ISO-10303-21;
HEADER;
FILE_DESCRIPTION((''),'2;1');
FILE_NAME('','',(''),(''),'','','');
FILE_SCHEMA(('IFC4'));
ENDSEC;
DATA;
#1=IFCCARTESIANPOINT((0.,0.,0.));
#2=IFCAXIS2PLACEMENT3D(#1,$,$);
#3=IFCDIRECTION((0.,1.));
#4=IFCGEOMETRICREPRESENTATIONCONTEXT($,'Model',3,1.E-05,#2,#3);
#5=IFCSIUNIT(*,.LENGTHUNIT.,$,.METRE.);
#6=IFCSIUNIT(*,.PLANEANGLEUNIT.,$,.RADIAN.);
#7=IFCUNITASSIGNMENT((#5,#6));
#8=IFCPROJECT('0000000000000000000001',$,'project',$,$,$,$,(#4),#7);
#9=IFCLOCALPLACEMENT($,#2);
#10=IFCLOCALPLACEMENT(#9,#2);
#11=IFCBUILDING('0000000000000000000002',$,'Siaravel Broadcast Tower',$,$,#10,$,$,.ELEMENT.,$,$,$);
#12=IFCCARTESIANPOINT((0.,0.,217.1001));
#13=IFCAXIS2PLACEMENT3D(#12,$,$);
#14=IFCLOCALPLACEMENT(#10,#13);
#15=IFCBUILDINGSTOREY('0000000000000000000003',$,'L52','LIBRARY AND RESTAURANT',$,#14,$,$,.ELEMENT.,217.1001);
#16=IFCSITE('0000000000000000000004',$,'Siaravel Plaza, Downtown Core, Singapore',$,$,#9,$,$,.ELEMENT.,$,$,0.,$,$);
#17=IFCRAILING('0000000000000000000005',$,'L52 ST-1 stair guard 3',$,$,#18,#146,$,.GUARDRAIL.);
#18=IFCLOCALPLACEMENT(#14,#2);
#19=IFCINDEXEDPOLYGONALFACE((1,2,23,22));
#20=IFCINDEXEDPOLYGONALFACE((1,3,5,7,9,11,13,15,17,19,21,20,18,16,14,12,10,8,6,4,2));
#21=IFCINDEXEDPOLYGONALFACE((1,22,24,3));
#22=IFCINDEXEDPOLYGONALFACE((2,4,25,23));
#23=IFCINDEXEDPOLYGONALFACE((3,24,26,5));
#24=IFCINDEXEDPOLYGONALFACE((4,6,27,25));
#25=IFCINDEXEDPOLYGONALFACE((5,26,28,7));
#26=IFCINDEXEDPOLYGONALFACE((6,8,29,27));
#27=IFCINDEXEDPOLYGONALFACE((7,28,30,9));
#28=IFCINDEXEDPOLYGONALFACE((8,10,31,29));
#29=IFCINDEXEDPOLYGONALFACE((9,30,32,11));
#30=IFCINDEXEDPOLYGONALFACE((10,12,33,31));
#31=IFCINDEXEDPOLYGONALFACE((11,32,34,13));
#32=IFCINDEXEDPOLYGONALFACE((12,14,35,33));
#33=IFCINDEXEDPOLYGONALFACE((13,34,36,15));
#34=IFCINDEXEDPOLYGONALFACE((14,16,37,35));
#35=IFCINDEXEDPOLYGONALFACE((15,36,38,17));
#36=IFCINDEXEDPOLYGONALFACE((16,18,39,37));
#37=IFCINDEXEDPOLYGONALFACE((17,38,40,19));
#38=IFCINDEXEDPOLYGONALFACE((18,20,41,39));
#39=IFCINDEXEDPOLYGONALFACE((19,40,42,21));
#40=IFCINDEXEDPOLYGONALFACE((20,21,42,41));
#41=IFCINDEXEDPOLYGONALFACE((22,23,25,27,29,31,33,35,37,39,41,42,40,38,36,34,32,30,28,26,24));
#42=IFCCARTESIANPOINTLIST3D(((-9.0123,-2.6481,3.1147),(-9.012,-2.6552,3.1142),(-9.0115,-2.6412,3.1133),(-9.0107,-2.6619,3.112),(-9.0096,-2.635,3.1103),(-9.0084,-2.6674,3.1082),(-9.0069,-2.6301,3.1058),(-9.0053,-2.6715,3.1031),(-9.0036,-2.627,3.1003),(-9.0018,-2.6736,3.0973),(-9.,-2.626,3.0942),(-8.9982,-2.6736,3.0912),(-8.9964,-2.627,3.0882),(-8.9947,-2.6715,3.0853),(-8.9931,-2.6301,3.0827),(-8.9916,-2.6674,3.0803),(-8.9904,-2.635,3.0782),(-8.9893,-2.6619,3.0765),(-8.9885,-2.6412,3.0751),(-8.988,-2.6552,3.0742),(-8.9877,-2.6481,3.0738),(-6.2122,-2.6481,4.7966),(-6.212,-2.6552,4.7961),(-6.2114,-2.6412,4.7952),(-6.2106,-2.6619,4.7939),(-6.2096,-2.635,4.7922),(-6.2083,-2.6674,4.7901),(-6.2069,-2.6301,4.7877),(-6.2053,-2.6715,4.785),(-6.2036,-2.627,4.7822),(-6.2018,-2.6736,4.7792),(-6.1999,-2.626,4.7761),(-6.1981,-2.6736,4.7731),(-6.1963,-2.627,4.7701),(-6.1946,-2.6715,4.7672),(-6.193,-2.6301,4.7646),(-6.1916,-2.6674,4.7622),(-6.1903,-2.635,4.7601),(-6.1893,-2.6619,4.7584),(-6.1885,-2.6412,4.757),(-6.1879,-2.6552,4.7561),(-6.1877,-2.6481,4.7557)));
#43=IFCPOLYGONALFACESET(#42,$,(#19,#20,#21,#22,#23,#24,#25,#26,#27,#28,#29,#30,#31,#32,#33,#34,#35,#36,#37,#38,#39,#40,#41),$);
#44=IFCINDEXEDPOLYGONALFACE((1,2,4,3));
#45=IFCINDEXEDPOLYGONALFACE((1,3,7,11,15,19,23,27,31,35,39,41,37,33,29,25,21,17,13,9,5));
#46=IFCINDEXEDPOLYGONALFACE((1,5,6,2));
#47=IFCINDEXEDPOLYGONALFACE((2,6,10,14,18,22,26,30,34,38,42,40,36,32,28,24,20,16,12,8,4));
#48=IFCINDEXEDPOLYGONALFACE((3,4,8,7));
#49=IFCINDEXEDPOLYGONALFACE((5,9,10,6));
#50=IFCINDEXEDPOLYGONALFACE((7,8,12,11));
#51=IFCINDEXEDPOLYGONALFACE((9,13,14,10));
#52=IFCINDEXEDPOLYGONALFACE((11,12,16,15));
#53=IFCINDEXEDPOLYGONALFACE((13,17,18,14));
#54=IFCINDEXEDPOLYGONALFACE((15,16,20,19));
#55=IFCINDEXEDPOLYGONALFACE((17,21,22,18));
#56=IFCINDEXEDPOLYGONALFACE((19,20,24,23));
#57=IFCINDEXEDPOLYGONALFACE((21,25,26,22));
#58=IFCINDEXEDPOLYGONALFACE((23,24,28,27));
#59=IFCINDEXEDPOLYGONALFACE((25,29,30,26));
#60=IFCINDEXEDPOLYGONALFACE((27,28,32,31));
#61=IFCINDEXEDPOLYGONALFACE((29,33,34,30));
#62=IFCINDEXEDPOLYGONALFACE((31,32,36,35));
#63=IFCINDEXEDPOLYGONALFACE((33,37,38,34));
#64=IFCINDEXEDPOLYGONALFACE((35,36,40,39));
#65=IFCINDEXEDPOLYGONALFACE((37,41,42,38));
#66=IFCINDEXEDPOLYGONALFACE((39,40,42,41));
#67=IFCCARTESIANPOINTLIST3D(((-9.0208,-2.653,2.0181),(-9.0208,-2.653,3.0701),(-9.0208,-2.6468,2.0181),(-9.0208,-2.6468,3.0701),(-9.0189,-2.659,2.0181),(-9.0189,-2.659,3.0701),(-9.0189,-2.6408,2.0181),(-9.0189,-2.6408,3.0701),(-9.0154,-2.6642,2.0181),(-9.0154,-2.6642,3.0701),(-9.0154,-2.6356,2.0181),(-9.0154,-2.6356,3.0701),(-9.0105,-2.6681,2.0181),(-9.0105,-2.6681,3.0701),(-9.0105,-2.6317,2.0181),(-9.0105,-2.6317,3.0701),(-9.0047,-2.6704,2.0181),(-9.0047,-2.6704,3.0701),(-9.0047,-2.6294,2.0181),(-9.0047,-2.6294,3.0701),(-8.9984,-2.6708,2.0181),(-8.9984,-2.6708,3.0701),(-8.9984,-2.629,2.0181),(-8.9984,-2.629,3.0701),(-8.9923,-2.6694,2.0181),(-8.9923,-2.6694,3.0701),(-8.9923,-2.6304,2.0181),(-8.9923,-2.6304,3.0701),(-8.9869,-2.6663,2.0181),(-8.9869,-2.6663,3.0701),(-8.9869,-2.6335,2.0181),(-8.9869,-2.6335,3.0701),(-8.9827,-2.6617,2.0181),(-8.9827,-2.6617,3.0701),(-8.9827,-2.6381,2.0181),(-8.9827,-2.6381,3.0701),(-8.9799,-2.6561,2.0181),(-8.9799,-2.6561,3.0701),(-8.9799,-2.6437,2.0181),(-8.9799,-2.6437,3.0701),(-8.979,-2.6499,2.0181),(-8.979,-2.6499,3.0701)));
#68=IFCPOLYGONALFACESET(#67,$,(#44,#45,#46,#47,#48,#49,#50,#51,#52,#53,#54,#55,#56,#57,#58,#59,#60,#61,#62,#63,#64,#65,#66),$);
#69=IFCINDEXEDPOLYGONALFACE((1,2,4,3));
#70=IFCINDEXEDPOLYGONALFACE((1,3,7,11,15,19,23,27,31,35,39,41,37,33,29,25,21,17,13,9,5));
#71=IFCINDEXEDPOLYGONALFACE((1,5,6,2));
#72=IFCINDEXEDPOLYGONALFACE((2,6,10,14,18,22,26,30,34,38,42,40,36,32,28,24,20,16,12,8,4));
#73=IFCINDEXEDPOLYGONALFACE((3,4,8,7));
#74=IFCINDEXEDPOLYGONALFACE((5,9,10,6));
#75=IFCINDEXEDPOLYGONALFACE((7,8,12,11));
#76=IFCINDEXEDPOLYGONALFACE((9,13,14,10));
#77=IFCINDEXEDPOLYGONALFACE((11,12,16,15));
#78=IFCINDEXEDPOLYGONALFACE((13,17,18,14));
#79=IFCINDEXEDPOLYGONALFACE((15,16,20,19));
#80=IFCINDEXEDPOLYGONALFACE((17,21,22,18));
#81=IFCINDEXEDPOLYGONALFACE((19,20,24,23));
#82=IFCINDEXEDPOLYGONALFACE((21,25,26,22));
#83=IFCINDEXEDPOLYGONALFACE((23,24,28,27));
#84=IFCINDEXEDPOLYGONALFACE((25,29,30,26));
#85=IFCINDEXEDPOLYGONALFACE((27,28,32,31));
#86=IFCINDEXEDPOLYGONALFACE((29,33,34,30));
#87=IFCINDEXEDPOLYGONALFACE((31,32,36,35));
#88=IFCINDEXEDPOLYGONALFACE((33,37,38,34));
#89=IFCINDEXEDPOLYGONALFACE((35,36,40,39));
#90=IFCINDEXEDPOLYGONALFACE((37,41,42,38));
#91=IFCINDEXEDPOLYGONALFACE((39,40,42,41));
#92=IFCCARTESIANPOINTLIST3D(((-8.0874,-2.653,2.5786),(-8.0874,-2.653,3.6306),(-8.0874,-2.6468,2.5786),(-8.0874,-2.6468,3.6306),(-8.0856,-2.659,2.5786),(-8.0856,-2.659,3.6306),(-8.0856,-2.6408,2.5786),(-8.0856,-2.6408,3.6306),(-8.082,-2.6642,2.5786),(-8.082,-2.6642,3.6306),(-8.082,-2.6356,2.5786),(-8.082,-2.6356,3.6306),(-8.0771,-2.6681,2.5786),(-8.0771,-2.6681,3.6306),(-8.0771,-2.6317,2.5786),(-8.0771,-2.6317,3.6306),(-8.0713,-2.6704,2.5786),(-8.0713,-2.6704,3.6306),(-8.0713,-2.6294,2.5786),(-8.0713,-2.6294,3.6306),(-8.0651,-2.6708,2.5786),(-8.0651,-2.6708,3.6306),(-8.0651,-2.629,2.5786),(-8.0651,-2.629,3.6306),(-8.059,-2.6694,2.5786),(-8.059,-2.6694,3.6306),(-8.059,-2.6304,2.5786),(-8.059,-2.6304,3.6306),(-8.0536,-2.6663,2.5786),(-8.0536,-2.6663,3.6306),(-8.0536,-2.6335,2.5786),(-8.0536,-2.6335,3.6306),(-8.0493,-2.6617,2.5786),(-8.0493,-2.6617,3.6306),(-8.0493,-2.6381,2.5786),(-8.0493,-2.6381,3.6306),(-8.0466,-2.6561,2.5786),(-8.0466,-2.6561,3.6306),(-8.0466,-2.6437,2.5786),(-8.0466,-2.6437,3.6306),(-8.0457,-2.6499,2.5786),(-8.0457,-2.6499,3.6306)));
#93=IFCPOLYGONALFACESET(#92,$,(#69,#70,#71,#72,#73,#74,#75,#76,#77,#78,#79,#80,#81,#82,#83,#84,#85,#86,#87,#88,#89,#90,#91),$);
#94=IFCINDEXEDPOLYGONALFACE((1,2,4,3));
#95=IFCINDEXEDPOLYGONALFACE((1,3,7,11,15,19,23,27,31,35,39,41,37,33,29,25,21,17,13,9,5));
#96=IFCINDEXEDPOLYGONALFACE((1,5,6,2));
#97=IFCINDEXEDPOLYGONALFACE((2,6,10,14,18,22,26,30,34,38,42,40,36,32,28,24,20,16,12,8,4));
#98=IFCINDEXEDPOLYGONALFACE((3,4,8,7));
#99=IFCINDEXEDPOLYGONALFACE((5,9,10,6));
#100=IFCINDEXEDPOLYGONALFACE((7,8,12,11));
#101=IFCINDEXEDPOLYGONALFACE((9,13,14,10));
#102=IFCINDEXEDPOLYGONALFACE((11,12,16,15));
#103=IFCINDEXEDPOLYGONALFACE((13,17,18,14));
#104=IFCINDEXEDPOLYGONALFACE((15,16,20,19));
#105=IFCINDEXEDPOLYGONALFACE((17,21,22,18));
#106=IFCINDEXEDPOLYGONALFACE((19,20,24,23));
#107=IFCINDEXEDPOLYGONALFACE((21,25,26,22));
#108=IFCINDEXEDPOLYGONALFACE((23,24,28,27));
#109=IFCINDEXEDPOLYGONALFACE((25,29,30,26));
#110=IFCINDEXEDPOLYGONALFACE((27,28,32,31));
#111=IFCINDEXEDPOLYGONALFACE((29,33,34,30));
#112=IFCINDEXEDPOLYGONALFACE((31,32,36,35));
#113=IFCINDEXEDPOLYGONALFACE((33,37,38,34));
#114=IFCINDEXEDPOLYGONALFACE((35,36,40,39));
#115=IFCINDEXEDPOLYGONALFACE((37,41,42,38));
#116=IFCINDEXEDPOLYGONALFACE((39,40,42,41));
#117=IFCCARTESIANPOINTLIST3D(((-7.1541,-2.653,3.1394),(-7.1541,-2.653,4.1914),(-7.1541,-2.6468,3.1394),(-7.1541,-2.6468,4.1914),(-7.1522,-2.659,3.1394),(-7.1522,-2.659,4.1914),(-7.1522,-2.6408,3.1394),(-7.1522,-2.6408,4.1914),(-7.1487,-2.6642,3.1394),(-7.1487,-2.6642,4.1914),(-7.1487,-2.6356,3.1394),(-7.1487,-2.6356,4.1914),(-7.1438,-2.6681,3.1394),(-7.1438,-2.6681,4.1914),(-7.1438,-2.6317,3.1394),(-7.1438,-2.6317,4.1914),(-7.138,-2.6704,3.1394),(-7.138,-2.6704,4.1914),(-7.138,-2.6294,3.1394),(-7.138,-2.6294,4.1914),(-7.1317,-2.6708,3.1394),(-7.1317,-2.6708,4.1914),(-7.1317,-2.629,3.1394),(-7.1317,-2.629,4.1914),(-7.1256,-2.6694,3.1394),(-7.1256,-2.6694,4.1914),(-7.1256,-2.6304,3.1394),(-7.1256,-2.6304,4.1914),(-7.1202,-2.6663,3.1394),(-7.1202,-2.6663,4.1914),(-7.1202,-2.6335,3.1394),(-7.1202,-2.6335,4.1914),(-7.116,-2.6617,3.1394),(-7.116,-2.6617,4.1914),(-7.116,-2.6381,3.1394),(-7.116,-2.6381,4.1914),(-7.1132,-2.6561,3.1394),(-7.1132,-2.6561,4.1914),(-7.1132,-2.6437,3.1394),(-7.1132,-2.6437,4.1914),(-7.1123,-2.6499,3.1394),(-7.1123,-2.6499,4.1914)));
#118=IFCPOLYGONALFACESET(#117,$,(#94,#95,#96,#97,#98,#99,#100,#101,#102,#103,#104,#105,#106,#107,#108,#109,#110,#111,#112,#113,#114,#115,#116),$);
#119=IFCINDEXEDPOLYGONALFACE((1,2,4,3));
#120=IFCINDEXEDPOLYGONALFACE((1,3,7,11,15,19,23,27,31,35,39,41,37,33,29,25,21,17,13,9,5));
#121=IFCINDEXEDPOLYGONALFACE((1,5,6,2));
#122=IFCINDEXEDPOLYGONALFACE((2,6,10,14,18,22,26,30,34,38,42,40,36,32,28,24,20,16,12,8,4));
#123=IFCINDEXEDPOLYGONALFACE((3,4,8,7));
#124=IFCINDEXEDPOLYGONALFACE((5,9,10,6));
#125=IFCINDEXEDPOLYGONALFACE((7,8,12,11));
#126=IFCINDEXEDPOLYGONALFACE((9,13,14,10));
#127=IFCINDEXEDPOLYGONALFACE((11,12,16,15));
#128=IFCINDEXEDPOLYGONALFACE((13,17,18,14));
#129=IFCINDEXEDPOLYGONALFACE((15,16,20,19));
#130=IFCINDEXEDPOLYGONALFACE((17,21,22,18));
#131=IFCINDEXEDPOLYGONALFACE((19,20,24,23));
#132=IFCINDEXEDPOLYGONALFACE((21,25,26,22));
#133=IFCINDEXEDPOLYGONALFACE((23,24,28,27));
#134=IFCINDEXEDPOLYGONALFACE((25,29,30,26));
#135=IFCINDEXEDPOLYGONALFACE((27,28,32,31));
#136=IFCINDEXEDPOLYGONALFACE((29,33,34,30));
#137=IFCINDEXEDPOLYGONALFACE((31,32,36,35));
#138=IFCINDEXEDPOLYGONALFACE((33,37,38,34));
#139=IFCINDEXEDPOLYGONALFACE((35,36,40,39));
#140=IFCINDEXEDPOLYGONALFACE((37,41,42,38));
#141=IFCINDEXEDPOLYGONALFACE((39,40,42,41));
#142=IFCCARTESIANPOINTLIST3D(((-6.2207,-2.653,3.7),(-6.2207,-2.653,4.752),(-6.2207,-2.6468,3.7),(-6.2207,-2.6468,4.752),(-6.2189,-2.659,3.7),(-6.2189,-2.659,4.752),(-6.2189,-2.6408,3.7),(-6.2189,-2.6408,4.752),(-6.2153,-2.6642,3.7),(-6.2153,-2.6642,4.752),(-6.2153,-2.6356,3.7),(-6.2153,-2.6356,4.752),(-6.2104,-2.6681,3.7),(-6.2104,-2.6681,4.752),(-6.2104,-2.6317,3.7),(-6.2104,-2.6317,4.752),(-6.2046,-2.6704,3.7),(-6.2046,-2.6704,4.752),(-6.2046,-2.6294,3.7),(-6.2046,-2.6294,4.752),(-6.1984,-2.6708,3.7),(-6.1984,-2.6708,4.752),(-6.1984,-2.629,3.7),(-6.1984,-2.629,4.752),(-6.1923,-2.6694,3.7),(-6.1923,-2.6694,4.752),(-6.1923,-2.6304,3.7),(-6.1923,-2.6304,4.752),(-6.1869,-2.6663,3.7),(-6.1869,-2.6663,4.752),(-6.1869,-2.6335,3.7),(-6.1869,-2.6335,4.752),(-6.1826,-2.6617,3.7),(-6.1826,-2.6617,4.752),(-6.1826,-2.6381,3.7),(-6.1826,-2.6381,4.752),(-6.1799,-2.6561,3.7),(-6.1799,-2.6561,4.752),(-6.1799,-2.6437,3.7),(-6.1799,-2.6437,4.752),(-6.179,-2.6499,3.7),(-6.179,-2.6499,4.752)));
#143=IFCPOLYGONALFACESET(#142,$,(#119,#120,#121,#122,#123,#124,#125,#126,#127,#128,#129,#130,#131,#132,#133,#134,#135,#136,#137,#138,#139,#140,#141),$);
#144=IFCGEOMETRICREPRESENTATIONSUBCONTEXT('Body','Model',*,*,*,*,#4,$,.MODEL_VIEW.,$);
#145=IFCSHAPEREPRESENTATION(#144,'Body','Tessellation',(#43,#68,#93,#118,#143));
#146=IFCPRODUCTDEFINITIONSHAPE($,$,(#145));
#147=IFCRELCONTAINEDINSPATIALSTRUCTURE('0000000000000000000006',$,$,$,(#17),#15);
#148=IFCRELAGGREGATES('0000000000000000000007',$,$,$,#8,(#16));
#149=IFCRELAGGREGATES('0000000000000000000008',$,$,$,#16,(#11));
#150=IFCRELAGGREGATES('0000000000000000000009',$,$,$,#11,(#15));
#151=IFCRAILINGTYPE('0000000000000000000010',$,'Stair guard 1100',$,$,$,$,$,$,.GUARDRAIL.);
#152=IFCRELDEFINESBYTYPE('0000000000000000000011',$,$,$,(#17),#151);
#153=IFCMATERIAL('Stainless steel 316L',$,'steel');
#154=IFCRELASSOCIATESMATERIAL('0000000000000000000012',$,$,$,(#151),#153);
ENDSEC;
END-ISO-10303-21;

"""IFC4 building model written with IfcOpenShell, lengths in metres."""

from ifc_helpers import new_model, si_unit, direction, frame, origin, origin_2d, place, context, subcontext, project, spatial, circle, extrude, material, type_object, element, save


model = new_model("IFC4")

# Units and contexts
model_context = context("Model", 3, precision=1e-05, world=origin(), true_north=direction((0.0, 1.0)))
body_context = subcontext(model_context, "Body", "Model", "MODEL_VIEW")
ifc_project = project(units=[si_unit("LENGTHUNIT", "METRE"), si_unit("PLANEANGLEUNIT", "RADIAN")], contexts=[model_context])

# Site, building, storey
site_placement = place(None, origin())
site = spatial("IfcSite", under=ifc_project, at=site_placement, Name="Siaravel Plaza, Downtown Core, Singapore", CompositionType="ELEMENT", RefElevation=0.0)
building_placement = place(site_placement, origin())
building = spatial("IfcBuilding", under=site, at=building_placement, Name="Siaravel Broadcast Tower", CompositionType="ELEMENT")
storey_placement = place(building_placement, frame((0.0, 0.0, 217.1001)))
storey = spatial("IfcBuildingStorey", under=building, at=storey_placement, Name="L52", Description="LIBRARY AND RESTAURANT", CompositionType="ELEMENT", Elevation=217.1001)

# Shared definitions
ifc_material_1 = material(Name="Stainless steel 316L", Category="steel")

# Railing
railing_type_1 = type_object("IfcRailingType", Name="Stair guard 1100", PredefinedType="GUARDRAIL", material=ifc_material_1)
railing_1_placement = place(storey_placement, frame((-9.0, -2.6499, 2.0181)))
element("IfcRailing", 1, at=railing_1_placement, inside=storey, type_object=railing_type_1, Name="L52 ST-1 stair guard 3", PredefinedType="GUARDRAIL", context=body_context, shape_type="SweptSolid", body=[
    extrude(circle(Radius=0.0239, at=origin_2d()), frame((0.0, 0.0, 1.0762), z_axis=(0.857242, 0.0, 0.514913), x_axis=(0.0, 1.0, 0.0)), (0.0, 0.0, 1.0), 3.2664),
    extrude(circle(Radius=0.021, at=origin_2d()), origin(), (0.0, 0.0, 1.0), 1.052),
    extrude(circle(Radius=0.021, at=origin_2d()), frame((0.9333, 0.0, 0.5605)), (0.0, 0.0, 1.0), 1.052),
    extrude(circle(Radius=0.021, at=origin_2d()), frame((1.8667, 0.0, 1.1213)), (0.0, 0.0, 1.0), 1.052),
    extrude(circle(Radius=0.021, at=origin_2d()), frame((2.8, 0.0, 1.6819)), (0.0, 0.0, 1.0), 1.052),
])

save(model, "model.ifc")
